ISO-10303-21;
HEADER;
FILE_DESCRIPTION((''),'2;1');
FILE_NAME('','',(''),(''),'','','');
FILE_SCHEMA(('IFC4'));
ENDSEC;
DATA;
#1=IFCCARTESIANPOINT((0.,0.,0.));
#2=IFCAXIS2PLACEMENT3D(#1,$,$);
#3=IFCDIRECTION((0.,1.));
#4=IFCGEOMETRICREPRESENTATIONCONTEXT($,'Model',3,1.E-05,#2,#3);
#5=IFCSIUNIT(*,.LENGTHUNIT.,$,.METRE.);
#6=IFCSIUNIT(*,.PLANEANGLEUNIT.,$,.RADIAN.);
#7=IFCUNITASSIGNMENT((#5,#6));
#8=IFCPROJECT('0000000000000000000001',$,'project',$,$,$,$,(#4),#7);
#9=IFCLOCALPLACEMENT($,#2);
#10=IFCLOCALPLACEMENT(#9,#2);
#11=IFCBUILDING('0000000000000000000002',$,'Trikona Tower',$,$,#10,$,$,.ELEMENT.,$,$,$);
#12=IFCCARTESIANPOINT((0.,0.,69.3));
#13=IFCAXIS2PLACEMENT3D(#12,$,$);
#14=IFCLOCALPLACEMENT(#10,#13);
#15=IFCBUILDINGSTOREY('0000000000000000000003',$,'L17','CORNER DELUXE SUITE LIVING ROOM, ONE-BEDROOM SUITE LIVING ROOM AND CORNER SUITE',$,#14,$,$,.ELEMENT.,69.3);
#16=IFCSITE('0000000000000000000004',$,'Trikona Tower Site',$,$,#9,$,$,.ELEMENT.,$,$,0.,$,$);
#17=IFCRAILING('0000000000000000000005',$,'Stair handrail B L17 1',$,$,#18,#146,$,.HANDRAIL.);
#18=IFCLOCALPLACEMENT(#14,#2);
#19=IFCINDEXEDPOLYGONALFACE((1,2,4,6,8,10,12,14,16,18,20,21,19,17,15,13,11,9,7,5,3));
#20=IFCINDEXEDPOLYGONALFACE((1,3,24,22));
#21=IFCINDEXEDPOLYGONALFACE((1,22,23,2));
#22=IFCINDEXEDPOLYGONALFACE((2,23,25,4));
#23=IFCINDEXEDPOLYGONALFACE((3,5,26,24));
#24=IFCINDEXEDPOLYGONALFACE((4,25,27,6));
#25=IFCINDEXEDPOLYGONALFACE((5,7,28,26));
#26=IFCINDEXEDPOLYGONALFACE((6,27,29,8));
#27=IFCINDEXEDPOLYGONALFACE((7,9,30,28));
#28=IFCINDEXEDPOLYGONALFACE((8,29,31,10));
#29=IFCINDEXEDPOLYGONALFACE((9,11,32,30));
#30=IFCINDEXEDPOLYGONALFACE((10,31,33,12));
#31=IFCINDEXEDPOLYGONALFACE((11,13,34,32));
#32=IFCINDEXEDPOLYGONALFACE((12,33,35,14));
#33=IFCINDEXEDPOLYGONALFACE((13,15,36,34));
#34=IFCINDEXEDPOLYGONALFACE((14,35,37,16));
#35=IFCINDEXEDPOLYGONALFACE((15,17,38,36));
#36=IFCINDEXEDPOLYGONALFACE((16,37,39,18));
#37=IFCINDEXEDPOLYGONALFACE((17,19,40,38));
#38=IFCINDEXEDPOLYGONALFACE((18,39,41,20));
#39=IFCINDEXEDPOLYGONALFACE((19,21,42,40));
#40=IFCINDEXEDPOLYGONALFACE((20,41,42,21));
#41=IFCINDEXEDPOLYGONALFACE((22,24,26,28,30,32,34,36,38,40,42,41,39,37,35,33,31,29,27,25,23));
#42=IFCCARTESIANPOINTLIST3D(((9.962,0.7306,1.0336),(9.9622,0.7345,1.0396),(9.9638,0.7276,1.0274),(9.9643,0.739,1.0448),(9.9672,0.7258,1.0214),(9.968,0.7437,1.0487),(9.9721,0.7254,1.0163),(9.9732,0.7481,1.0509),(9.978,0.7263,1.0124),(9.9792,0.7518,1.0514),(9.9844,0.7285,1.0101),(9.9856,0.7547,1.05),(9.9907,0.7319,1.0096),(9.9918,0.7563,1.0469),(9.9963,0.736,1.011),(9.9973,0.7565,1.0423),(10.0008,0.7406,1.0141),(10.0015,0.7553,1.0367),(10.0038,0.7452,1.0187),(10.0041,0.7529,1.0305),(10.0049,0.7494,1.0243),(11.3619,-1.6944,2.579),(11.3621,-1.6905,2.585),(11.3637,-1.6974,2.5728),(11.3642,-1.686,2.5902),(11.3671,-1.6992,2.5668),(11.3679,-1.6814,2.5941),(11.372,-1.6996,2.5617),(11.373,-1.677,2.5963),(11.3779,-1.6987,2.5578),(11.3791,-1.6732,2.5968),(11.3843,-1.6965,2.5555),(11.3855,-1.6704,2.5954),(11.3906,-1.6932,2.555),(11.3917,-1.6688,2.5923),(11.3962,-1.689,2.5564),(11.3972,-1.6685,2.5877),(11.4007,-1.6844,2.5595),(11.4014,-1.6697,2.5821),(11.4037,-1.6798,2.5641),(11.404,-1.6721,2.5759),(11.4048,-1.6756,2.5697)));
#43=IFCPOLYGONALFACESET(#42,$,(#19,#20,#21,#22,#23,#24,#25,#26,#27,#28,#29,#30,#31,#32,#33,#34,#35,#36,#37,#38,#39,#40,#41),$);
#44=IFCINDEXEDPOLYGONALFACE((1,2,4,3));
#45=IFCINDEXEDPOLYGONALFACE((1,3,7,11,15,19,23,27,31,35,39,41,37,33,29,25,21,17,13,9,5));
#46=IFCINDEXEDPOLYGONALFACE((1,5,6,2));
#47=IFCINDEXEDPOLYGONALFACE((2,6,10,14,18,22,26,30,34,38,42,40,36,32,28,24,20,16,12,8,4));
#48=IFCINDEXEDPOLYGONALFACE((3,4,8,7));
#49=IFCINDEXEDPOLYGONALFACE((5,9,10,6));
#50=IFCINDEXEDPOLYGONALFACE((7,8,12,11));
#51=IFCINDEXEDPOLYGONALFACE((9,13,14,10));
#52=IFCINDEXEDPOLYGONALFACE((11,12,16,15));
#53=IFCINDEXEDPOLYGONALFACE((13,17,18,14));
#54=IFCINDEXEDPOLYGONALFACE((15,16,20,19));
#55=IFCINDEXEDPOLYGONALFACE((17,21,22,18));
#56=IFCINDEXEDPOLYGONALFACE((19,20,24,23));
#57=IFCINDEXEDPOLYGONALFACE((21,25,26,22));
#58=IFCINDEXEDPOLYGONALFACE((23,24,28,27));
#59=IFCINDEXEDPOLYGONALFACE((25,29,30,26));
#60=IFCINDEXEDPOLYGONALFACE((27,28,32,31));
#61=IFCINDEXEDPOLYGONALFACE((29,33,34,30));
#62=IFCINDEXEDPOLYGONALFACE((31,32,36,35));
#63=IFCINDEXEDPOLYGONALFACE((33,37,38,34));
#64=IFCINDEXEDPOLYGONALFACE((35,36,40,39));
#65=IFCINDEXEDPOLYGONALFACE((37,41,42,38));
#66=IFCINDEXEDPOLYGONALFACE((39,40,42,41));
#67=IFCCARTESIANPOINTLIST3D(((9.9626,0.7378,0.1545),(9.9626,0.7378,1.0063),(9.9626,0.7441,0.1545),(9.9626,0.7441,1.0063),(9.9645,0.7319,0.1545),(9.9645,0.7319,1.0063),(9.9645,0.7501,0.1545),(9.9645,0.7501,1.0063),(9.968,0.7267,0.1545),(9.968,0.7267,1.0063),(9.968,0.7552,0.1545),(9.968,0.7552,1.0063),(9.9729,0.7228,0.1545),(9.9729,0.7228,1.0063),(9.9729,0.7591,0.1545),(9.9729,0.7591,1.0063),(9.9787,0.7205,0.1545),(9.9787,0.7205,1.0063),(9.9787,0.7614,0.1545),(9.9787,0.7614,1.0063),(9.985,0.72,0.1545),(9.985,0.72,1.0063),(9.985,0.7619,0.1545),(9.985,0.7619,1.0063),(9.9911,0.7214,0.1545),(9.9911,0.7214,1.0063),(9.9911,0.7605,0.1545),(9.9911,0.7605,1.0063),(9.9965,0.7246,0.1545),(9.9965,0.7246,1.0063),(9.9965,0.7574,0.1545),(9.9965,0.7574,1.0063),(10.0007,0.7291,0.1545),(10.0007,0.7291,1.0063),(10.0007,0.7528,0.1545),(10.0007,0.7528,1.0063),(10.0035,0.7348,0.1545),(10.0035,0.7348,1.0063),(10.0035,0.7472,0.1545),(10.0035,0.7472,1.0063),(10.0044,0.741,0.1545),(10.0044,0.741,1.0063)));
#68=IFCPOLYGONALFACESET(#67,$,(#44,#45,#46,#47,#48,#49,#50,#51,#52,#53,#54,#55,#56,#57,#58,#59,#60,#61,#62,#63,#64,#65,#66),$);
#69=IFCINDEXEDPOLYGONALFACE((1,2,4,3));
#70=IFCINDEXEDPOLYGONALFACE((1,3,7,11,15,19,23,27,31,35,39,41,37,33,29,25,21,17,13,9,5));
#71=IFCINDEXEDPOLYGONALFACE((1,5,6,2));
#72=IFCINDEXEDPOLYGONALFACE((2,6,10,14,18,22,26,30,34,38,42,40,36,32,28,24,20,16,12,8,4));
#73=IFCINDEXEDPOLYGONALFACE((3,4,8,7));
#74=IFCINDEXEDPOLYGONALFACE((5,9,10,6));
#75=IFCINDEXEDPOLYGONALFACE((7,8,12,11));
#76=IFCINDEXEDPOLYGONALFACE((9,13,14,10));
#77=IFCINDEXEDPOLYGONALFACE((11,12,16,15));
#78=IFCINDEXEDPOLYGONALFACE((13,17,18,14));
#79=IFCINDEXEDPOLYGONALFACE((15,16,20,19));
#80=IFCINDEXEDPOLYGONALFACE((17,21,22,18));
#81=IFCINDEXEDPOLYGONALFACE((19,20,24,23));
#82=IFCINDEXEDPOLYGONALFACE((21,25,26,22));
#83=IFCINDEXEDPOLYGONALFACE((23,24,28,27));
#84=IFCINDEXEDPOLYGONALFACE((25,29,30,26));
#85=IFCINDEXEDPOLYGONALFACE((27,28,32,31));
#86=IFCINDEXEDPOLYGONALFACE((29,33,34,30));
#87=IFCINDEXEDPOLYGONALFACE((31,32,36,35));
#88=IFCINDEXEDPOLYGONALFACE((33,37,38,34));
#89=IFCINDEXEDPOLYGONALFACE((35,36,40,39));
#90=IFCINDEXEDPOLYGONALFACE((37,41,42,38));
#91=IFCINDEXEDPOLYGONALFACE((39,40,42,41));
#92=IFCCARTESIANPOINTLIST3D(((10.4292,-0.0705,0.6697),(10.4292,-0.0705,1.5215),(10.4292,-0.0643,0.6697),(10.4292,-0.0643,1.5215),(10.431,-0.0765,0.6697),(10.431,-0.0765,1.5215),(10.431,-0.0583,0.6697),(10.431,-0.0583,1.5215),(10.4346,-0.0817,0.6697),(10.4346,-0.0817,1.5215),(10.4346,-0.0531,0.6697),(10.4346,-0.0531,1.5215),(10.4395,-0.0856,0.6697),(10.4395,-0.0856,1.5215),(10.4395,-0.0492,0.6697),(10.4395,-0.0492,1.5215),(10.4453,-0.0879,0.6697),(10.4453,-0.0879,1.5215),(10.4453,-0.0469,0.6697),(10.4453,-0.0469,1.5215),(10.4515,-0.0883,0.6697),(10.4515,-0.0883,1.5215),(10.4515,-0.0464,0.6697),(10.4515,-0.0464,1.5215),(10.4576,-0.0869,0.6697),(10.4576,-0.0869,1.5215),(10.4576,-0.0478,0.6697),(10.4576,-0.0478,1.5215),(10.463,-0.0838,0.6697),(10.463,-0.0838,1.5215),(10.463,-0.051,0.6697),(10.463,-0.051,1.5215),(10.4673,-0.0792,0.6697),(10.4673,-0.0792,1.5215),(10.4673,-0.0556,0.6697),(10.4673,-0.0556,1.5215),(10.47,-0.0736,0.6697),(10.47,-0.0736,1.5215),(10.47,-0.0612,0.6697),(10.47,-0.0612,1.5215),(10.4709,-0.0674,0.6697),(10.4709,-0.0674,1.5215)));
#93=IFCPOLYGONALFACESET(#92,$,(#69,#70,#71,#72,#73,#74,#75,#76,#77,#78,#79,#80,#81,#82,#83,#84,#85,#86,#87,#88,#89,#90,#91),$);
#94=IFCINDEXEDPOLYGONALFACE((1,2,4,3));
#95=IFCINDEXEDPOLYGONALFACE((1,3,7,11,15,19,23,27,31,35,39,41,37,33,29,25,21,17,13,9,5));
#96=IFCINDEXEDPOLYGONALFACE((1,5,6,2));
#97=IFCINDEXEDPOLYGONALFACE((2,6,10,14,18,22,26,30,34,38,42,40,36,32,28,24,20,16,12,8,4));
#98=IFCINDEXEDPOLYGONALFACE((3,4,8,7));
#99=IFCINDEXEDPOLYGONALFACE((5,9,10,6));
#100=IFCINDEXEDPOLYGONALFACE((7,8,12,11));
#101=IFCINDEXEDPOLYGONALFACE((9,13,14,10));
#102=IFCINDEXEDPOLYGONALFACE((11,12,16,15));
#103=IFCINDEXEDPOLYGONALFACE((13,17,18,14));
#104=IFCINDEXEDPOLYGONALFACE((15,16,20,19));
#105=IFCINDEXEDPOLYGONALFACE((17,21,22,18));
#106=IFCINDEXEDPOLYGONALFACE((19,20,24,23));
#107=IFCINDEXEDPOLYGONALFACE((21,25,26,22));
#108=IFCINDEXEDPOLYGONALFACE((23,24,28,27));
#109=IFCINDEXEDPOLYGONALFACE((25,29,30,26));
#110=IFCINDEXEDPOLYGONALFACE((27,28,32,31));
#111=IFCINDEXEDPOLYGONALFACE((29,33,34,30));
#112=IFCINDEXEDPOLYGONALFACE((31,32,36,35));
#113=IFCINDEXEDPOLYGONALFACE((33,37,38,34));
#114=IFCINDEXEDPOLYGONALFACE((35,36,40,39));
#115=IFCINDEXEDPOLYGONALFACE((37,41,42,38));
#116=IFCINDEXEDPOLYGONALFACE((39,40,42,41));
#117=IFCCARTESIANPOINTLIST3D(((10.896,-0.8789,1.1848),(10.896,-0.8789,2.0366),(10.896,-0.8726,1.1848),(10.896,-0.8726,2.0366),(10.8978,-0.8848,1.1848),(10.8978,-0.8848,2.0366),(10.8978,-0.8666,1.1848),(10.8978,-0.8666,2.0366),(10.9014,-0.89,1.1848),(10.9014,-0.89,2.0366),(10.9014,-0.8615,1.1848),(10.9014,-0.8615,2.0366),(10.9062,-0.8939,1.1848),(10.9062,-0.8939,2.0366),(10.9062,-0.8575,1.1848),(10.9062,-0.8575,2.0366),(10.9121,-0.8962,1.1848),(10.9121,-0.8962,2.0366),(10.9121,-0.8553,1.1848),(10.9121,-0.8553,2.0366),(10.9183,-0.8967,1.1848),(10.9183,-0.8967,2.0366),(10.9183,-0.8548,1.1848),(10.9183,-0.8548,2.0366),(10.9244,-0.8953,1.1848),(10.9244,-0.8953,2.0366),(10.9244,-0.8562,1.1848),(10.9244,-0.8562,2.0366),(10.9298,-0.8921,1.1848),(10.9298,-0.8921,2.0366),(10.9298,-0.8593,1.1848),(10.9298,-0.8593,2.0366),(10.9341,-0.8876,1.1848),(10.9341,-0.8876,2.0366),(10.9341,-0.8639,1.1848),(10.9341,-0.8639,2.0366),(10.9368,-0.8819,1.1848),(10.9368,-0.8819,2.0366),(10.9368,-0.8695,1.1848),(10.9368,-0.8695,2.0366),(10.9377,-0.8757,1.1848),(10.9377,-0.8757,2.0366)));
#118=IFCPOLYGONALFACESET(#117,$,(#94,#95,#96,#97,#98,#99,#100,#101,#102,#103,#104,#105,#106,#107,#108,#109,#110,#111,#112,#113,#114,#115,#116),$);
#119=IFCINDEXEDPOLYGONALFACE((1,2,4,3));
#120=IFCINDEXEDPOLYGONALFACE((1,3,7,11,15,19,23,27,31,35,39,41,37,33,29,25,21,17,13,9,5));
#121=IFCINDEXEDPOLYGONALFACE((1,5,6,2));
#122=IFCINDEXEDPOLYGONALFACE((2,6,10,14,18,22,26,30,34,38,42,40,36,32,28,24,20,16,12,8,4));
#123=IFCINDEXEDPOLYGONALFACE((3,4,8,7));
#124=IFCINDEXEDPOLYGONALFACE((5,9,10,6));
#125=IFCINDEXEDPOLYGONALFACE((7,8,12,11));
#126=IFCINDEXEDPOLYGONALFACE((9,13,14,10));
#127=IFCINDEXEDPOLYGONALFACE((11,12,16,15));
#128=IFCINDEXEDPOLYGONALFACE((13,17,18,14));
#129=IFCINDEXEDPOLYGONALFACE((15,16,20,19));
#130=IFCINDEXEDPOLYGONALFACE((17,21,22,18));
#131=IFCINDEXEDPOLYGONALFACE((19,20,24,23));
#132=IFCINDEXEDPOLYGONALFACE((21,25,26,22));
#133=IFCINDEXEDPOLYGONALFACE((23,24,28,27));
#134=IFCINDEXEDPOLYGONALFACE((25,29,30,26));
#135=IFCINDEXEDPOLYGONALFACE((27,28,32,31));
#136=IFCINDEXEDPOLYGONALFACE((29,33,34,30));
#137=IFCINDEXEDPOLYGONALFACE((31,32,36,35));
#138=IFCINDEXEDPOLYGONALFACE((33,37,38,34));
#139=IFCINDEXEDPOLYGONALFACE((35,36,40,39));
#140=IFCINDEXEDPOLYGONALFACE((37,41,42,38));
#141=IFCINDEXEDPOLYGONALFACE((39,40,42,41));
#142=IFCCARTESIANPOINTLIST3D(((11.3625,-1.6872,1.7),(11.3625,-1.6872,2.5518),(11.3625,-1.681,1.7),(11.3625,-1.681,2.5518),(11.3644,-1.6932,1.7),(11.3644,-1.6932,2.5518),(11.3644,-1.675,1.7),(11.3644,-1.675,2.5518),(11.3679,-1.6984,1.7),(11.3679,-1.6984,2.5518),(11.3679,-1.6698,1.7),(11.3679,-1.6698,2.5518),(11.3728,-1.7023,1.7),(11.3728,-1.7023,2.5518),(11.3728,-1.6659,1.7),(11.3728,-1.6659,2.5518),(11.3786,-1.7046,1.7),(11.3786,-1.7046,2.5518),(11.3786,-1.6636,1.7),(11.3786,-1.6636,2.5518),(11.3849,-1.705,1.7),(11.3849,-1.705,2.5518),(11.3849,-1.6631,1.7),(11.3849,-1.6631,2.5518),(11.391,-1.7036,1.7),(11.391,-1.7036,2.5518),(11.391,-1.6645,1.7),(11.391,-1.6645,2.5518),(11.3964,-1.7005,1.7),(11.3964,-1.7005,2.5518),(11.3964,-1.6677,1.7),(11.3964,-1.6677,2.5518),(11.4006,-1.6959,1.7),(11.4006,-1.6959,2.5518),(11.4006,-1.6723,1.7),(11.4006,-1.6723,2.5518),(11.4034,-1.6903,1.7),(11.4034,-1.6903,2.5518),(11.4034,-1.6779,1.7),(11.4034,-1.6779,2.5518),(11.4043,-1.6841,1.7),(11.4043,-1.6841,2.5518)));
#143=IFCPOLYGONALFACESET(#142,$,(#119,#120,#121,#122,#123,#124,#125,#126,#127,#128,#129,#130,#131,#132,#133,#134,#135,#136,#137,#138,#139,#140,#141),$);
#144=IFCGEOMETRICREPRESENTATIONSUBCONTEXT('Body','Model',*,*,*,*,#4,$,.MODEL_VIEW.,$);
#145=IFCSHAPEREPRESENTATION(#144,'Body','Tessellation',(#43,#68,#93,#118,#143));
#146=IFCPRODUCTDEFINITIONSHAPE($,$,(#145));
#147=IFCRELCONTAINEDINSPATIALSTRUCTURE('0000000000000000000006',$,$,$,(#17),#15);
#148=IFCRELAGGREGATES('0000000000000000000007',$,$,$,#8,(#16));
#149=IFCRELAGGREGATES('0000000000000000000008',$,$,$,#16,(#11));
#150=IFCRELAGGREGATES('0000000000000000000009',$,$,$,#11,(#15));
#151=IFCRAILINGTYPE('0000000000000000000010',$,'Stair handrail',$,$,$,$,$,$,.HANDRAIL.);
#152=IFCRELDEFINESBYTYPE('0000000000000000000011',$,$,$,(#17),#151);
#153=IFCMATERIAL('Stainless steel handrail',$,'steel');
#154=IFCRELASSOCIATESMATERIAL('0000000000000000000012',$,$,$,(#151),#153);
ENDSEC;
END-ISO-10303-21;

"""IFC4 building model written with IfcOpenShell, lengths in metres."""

from ifc_helpers import new_model, si_unit, direction, frame, origin, origin_2d, place, context, subcontext, project, spatial, circle, extrude, material, type_object, element, save


model = new_model("IFC4")

# Units and contexts
model_context = context("Model", 3, precision=1e-05, world=origin(), true_north=direction((0.0, 1.0)))
body_context = subcontext(model_context, "Body", "Model", "MODEL_VIEW")
ifc_project = project(units=[si_unit("LENGTHUNIT", "METRE"), si_unit("PLANEANGLEUNIT", "RADIAN")], contexts=[model_context])

# Site, building, storey
site_placement = place(None, origin())
site = spatial("IfcSite", under=ifc_project, at=site_placement, Name="Trikona Tower Site", CompositionType="ELEMENT", RefElevation=0.0)
building_placement = place(site_placement, origin())
building = spatial("IfcBuilding", under=site, at=building_placement, Name="Trikona Tower", CompositionType="ELEMENT")
storey_placement = place(building_placement, frame((0.0, 0.0, 69.3)))
storey = spatial("IfcBuildingStorey", under=building, at=storey_placement, Name="L17", Description="CORNER DELUXE SUITE LIVING ROOM, ONE-BEDROOM SUITE LIVING ROOM AND CORNER SUITE", CompositionType="ELEMENT", Elevation=69.3)

# Railing
ifc_material_1 = material(Name="Stainless steel handrail", Category="steel")
railing_type = type_object("IfcRailingType", Name="Stair handrail", PredefinedType="HANDRAIL", material=ifc_material_1)
railing_placement = place(storey_placement, frame((9.9834, 0.741, 0.1545)))
element("IfcRailing", 1, at=railing_placement, inside=storey, type_object=railing_type, Name="Stair handrail B L17 1", PredefinedType="HANDRAIL", context=body_context, shape_type="SweptSolid", body=[
    extrude(circle(Radius=0.0239, at=origin_2d()), frame((0.0, 0.0, 0.876), z_axis=(0.437707, -0.75824, 0.483203), x_axis=(0.866056, 0.499946, 0.0)), (0.0, 0.0, 1.0), 3.1982),
    extrude(circle(Radius=0.021, at=origin_2d()), origin(), (0.0, 0.0, 1.0), 0.8518),
    extrude(circle(Radius=0.021, at=origin_2d()), frame((0.4666, -0.8083, 0.5151)), (0.0, 0.0, 1.0), 0.8518),
    extrude(circle(Radius=0.021, at=origin_2d()), frame((0.9333, -1.6167, 1.0303)), (0.0, 0.0, 1.0), 0.8518),
    extrude(circle(Radius=0.021, at=origin_2d()), frame((1.3999, -2.425, 1.5454)), (0.0, 0.0, 1.0), 0.8518),
])

save(model, "model.ifc")
